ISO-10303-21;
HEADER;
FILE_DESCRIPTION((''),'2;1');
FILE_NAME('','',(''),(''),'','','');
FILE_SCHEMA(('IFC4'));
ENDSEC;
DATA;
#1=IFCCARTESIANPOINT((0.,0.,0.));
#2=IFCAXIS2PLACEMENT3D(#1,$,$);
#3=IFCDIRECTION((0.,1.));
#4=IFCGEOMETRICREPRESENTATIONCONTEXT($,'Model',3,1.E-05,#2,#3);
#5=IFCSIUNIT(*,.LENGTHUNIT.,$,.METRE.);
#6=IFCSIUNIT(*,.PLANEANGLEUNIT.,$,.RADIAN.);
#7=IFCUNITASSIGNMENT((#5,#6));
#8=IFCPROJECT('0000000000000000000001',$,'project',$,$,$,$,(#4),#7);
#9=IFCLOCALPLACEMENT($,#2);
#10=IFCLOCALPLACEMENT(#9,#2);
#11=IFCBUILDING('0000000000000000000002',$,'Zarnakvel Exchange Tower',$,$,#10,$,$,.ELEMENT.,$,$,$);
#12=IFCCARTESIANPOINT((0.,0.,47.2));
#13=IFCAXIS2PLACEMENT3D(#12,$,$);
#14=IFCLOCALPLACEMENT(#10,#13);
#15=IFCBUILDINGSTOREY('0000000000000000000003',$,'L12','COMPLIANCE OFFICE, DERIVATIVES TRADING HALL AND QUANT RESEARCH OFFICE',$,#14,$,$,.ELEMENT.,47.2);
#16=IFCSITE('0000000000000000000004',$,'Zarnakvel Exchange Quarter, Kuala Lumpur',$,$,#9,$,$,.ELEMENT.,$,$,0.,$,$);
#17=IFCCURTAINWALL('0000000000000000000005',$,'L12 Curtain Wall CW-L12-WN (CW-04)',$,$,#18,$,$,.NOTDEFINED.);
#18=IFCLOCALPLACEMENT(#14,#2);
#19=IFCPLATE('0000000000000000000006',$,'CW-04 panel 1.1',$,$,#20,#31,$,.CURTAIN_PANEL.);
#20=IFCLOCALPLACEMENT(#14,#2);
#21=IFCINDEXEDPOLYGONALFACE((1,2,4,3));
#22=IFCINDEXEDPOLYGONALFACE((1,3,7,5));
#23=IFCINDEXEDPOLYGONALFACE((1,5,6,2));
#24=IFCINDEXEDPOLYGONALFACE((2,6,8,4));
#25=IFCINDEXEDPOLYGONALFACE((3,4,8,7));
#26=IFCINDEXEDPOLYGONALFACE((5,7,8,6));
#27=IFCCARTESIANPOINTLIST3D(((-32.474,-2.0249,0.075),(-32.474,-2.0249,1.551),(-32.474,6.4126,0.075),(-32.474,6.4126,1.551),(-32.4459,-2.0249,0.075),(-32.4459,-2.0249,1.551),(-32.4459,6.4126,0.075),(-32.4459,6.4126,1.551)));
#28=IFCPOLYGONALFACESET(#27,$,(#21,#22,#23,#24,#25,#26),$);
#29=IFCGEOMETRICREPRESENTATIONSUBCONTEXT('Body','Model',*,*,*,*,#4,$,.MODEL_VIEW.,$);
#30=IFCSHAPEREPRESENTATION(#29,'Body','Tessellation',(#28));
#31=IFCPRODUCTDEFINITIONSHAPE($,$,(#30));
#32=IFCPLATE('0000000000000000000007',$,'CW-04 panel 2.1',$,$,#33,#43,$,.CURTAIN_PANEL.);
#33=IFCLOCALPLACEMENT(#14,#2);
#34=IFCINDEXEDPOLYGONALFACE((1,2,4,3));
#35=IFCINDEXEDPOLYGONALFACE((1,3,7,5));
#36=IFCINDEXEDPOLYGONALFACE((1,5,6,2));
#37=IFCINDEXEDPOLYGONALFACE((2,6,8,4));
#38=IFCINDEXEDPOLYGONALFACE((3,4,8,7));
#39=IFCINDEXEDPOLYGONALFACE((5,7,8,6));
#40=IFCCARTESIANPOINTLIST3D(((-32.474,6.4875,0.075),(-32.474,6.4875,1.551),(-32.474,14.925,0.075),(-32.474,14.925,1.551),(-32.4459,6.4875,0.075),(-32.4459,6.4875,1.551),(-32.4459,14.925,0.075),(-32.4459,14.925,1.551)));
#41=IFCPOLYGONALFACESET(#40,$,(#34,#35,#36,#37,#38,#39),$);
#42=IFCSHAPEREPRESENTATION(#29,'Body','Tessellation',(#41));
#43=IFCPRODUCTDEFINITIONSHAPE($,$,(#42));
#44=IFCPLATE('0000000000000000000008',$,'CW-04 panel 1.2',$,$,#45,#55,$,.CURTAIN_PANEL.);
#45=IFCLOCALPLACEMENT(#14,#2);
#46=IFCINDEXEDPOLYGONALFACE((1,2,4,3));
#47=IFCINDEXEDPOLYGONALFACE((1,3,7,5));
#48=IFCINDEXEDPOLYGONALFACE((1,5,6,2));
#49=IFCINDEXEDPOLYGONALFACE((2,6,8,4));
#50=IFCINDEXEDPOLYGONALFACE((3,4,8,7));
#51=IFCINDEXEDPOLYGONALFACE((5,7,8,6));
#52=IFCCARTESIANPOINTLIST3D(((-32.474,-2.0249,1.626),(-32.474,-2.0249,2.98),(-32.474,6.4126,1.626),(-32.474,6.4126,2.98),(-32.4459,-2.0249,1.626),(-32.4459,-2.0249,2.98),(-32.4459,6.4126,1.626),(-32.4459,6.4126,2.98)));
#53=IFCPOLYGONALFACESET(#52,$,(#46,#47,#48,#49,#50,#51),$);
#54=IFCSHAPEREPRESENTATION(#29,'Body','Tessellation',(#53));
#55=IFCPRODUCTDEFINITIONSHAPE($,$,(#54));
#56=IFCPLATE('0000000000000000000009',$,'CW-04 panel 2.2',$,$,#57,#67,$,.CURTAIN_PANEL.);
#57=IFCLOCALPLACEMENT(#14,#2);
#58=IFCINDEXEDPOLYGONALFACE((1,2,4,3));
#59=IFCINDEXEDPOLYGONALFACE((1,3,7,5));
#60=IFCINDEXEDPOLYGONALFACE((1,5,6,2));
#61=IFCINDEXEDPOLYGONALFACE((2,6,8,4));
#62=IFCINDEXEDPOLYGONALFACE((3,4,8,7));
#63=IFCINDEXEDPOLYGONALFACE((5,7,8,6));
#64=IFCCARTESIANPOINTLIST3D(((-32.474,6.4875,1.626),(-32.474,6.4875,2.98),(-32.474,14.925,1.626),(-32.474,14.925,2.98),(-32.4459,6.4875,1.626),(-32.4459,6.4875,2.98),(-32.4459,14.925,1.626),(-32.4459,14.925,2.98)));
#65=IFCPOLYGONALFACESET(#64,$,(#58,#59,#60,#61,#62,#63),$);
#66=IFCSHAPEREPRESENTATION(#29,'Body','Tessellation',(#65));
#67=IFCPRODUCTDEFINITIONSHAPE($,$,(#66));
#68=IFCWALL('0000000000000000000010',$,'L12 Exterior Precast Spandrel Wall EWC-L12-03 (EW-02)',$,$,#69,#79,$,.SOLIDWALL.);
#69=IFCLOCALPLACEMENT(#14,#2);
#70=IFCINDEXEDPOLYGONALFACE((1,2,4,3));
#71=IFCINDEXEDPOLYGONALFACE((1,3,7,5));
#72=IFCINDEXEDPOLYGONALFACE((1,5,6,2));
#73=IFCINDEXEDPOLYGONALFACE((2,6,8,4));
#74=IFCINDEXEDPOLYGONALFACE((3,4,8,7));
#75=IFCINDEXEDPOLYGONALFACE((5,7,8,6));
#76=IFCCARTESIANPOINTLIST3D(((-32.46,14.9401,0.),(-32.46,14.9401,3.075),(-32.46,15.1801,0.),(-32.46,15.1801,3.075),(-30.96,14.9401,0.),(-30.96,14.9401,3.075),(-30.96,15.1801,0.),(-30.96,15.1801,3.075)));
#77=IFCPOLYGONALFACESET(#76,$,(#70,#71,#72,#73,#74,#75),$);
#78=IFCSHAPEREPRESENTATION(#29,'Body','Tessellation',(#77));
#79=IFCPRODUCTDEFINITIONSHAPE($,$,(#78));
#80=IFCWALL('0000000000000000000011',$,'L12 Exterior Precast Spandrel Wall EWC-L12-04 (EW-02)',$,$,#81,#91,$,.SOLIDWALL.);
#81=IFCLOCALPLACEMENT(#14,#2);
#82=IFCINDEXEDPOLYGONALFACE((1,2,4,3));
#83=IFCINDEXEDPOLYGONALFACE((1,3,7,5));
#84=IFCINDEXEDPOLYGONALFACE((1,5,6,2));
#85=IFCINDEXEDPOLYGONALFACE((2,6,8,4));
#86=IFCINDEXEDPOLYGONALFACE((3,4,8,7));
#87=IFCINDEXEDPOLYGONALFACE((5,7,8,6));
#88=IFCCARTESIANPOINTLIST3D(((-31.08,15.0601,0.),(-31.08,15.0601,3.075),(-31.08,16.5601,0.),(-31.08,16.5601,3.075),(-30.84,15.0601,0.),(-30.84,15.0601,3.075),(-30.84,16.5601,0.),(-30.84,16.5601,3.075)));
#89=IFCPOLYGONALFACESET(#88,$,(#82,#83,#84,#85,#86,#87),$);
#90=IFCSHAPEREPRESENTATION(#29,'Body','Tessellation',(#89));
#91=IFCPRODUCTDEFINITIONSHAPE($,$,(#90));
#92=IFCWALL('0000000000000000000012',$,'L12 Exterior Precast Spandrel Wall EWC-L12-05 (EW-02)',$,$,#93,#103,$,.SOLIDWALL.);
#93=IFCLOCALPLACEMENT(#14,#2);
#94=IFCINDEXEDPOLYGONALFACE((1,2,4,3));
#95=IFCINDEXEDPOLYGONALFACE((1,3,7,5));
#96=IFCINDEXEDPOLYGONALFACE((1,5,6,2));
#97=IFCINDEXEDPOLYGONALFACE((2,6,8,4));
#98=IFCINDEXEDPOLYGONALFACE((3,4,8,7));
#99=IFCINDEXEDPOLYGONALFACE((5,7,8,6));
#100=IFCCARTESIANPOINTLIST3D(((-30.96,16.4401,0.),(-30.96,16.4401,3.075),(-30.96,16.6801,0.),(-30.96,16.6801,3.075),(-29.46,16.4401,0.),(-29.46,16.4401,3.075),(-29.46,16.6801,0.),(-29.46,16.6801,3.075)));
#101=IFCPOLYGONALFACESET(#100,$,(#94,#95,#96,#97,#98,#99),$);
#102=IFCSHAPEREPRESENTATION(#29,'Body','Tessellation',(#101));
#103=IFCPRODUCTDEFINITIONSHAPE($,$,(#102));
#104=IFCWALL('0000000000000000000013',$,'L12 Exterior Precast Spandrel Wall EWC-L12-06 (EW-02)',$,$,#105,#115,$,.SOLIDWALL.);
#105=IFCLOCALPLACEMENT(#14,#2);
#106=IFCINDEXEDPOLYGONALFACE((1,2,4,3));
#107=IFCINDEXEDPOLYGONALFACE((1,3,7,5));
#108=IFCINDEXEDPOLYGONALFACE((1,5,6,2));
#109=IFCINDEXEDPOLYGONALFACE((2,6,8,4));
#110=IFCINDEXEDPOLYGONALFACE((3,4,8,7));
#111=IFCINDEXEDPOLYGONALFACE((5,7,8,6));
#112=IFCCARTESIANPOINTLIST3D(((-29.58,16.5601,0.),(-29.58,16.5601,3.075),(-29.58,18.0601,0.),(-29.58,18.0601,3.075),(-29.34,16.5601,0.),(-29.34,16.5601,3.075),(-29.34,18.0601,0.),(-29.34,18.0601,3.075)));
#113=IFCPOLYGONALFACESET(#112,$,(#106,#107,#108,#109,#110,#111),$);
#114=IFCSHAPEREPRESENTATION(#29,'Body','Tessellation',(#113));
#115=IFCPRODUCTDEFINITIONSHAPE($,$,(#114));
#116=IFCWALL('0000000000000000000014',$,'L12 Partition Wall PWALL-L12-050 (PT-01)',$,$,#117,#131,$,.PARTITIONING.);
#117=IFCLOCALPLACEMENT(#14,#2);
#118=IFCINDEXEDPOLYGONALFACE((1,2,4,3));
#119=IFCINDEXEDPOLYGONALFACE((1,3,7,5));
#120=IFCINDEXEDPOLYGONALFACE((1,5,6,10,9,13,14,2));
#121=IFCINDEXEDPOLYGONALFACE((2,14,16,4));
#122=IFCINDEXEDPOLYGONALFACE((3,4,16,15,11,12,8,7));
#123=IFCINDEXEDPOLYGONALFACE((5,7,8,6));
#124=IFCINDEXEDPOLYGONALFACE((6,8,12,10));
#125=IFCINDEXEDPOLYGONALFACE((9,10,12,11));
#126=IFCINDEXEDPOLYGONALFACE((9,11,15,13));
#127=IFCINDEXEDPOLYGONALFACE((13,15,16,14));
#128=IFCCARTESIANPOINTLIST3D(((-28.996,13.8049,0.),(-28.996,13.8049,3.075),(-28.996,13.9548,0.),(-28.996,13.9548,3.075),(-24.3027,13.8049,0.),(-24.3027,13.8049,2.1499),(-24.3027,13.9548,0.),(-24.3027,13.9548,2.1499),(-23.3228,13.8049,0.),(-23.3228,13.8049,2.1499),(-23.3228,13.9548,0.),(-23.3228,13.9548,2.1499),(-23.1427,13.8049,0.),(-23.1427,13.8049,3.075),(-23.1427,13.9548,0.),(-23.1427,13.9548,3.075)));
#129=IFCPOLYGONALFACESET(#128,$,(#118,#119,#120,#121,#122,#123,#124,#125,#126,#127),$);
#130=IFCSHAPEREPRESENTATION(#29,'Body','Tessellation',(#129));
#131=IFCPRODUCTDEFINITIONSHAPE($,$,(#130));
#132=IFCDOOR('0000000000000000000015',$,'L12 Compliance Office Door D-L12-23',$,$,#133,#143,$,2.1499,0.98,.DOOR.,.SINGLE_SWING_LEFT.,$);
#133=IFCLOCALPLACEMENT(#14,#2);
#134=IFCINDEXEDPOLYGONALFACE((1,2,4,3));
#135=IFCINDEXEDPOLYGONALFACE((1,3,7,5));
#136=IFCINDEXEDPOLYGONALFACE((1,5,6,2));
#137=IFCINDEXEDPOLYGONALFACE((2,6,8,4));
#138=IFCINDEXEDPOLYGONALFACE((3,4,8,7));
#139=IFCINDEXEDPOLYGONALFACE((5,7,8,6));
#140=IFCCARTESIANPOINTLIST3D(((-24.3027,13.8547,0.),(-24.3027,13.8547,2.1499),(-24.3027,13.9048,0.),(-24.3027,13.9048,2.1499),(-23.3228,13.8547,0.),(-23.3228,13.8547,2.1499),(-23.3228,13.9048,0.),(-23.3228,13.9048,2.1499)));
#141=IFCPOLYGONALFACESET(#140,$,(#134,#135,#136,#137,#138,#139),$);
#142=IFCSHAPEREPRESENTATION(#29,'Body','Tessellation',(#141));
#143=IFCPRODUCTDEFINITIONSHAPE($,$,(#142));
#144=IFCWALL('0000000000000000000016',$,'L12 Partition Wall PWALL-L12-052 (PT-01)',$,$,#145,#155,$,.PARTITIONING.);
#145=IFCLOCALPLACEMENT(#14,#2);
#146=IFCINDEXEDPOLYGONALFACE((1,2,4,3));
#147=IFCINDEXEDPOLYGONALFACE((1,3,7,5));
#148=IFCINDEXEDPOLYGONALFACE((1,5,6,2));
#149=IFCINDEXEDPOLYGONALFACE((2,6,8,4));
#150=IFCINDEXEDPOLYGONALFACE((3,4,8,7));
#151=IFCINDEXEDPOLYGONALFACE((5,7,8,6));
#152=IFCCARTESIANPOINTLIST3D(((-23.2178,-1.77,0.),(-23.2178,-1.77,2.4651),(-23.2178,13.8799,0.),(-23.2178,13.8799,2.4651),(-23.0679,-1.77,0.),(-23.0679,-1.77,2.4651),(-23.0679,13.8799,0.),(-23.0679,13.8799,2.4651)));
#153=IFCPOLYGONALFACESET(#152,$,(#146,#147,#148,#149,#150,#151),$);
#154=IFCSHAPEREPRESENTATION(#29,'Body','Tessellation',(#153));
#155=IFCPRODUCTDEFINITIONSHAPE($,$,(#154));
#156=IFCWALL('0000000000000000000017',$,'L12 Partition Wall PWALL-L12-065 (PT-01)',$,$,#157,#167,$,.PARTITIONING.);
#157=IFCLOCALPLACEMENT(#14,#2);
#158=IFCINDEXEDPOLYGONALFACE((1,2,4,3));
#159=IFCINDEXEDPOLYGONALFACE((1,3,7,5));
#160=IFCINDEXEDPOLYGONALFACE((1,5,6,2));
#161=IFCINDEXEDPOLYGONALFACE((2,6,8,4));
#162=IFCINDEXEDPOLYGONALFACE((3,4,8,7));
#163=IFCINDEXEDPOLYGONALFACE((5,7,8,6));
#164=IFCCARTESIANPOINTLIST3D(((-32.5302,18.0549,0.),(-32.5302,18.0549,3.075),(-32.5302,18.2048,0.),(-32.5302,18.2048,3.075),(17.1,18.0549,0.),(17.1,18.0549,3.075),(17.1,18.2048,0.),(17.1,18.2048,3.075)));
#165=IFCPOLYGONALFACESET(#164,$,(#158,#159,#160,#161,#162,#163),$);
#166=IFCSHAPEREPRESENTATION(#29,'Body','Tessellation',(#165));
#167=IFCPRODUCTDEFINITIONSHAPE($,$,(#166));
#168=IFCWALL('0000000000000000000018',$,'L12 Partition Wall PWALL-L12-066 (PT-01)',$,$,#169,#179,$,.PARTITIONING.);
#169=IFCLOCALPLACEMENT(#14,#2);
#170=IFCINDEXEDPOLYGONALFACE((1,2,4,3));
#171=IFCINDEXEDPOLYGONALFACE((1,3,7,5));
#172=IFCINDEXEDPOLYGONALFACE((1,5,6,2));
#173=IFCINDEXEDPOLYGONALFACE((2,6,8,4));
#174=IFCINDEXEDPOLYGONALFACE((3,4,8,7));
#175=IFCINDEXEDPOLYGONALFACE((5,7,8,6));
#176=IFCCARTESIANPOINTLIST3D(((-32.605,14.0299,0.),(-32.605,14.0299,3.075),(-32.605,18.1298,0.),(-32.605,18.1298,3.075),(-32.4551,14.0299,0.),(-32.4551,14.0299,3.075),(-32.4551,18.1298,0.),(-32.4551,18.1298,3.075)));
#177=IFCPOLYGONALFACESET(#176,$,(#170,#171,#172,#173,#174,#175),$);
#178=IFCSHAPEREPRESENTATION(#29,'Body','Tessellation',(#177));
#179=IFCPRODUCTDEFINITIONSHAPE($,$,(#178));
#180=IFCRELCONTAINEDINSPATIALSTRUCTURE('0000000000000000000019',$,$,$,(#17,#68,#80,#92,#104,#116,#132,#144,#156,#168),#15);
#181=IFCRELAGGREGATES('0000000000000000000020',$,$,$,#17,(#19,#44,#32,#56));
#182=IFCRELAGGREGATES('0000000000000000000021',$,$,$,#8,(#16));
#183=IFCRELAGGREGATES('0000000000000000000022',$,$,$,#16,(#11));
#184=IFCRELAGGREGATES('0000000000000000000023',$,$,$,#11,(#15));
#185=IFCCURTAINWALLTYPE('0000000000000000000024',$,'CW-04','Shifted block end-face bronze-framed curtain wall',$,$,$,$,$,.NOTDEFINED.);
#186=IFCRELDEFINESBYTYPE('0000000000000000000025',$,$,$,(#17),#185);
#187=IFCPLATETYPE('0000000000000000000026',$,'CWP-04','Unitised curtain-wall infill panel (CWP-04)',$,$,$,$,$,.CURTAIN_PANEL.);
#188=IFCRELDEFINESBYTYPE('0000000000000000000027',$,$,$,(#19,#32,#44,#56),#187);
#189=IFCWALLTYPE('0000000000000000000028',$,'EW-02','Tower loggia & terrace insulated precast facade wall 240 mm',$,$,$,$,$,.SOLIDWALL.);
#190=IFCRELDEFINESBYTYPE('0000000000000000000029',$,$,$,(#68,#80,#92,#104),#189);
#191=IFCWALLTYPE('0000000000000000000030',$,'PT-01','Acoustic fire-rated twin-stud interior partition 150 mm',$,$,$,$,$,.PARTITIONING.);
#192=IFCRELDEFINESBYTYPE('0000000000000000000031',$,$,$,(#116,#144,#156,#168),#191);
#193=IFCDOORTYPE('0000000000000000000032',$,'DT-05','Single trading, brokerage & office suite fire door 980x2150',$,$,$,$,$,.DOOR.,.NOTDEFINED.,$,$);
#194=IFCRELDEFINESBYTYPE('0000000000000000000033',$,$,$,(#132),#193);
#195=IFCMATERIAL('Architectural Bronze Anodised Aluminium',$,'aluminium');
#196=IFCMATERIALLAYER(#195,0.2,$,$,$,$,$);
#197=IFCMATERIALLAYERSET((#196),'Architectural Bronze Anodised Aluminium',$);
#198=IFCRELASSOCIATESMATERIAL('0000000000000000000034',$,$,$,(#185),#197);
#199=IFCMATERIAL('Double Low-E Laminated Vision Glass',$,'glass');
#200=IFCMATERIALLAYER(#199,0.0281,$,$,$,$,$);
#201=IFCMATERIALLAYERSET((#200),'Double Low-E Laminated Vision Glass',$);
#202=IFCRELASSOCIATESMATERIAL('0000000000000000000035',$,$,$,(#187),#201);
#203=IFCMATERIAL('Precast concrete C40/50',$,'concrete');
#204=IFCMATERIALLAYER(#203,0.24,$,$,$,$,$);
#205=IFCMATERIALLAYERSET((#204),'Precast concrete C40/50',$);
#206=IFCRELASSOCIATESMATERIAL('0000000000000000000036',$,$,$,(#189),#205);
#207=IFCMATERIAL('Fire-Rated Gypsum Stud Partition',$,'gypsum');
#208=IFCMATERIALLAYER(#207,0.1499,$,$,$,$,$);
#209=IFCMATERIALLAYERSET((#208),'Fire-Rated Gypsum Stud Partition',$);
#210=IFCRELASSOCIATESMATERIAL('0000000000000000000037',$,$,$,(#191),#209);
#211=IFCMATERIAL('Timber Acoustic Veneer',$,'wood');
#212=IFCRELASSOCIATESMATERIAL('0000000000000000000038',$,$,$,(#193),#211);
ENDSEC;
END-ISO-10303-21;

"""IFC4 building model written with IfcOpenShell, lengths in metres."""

from ifc_helpers import new_model, si_unit, direction, frame, frame_2d, origin, origin_2d, place, context, subcontext, project, spatial, rectangle, extrude, source, transform, mapped, material, layer, layer_set, type_object, element, fill, aggregate, save


model = new_model("IFC4")

# Units and contexts
model_context = context("Model", 3, precision=1e-05, world=origin(), true_north=direction((0.0, 1.0)))
body_context = subcontext(model_context, "Body", "Model", "MODEL_VIEW")
ifc_project = project(units=[si_unit("LENGTHUNIT", "METRE"), si_unit("PLANEANGLEUNIT", "RADIAN")], contexts=[model_context])

# Site, building, storey
site_placement = place(None, origin())
site = spatial("IfcSite", under=ifc_project, at=site_placement, Name="Zarnakvel Exchange Quarter, Kuala Lumpur", CompositionType="ELEMENT", RefElevation=0.0)
building_placement = place(site_placement, origin())
building = spatial("IfcBuilding", under=site, at=building_placement, Name="Zarnakvel Exchange Tower", CompositionType="ELEMENT")
storey_placement = place(building_placement, frame((0.0, 0.0, 47.2)))
storey = spatial("IfcBuildingStorey", under=building, at=storey_placement, Name="L12", Description="COMPLIANCE OFFICE, DERIVATIVES TRADING HALL AND QUANT RESEARCH OFFICE", CompositionType="ELEMENT", Elevation=47.2)

# Curtain wall
ifc_material_1 = material(Name="Architectural Bronze Anodised Aluminium", Category="aluminium")
ifc_layer_1 = layer(ifc_material_1, 0.2)
ifc_layer_set_1 = layer_set([ifc_layer_1], Name="Architectural Bronze Anodised Aluminium")
curtain_wall_type_1 = type_object("IfcCurtainWallType", Name="CW-04", Description="Shifted block end-face bronze-framed curtain wall", PredefinedType="NOTDEFINED", material=ifc_layer_set_1)
curtain_wall_1_placement = place(storey_placement, origin())
curtain_wall_1 = element("IfcCurtainWall", 1, at=curtain_wall_1_placement, inside=storey, type_object=curtain_wall_type_1, Name="L12 Curtain Wall CW-L12-WN (CW-04)", PredefinedType="NOTDEFINED")

# Plates
ifc_material_2 = material(Name="Double Low-E Laminated Vision Glass", Category="glass")
ifc_layer_2 = layer(ifc_material_2, 0.0281)
ifc_layer_set_2 = layer_set([ifc_layer_2], Name="Double Low-E Laminated Vision Glass")
plate_type_1 = type_object("IfcPlateType", Name="CWP-04", Description="Unitised curtain-wall infill panel (CWP-04)", PredefinedType="CURTAIN_PANEL", material=ifc_layer_set_2)
shared_shape_1 = source(origin(), body_context, "Body", "SweptSolid", [
    extrude(rectangle(XDim=8.4375, YDim=0.0281, at=origin_2d()), origin(), (0.0, 0.0, 1.0), 1.4761),
])
plate_1_placement = place(storey_placement, frame((-32.46, 2.1938, 0.075), z_axis=(0.0, 0.0, 1.0), x_axis=(0.0, 1.0, 0.0)))
plate_1 = element("IfcPlate", 2, at=plate_1_placement, type_object=plate_type_1, Name="CW-04 panel 1.1", PredefinedType="CURTAIN_PANEL", context=body_context, shape_type="MappedRepresentation", body=[
    mapped(shared_shape_1, transform((0.0, 0.0, 0.0), x_axis=(1.0, 0.0, 0.0), y_axis=(0.0, 1.0, 0.0), z_axis=(0.0, 0.0, 1.0), scale=1.0)),
])
plate_2_placement = place(storey_placement, frame((-32.46, 10.7063, 0.075), z_axis=(0.0, 0.0, 1.0), x_axis=(0.0, 1.0, 0.0)))
plate_2 = element("IfcPlate", 3, at=plate_2_placement, type_object=plate_type_1, Name="CW-04 panel 2.1", PredefinedType="CURTAIN_PANEL", context=body_context, shape_type="MappedRepresentation", body=[
    mapped(shared_shape_1, transform((0.0, 0.0, 0.0), x_axis=(1.0, 0.0, 0.0), y_axis=(0.0, 1.0, 0.0), z_axis=(0.0, 0.0, 1.0), scale=1.0)),
])
shared_shape_2 = source(origin(), body_context, "Body", "SweptSolid", [
    extrude(rectangle(XDim=8.4375, YDim=0.0281, at=origin_2d()), origin(), (0.0, 0.0, 1.0), 1.354),
])
plate_3_placement = place(storey_placement, frame((-32.46, 2.1938, 1.626), z_axis=(0.0, 0.0, 1.0), x_axis=(0.0, 1.0, 0.0)))
plate_3 = element("IfcPlate", 4, at=plate_3_placement, type_object=plate_type_1, Name="CW-04 panel 1.2", PredefinedType="CURTAIN_PANEL", context=body_context, shape_type="MappedRepresentation", body=[
    mapped(shared_shape_2, transform((0.0, 0.0, 0.0), x_axis=(1.0, 0.0, 0.0), y_axis=(0.0, 1.0, 0.0), z_axis=(0.0, 0.0, 1.0), scale=1.0)),
])
plate_4_placement = place(storey_placement, frame((-32.46, 10.7063, 1.626), z_axis=(0.0, 0.0, 1.0), x_axis=(0.0, 1.0, 0.0)))
plate_4 = element("IfcPlate", 5, at=plate_4_placement, type_object=plate_type_1, Name="CW-04 panel 2.2", PredefinedType="CURTAIN_PANEL", context=body_context, shape_type="MappedRepresentation", body=[
    mapped(shared_shape_2, transform((0.0, 0.0, 0.0), x_axis=(1.0, 0.0, 0.0), y_axis=(0.0, 1.0, 0.0), z_axis=(0.0, 0.0, 1.0), scale=1.0)),
])
aggregate(curtain_wall_1, [plate_1, plate_3, plate_2, plate_4])

# Walls
ifc_material_3 = material(Name="Precast concrete C40/50", Category="concrete")
ifc_layer_3 = layer(ifc_material_3, 0.24)
ifc_layer_set_3 = layer_set([ifc_layer_3], Name="Precast concrete C40/50")
wall_type_1 = type_object("IfcWallType", Name="EW-02", Description="Tower loggia & terrace insulated precast facade wall 240 mm", PredefinedType="SOLIDWALL", material=ifc_layer_set_3)
for number, where, z_axis, x_axis, name in (
    (6, (-30.96, 15.0601, 0.0), (0.0, 0.0, 1.0), (-1.0, 0.0, 0.0), "L12 Exterior Precast Spandrel Wall EWC-L12-03 (EW-02)"),
    (7, (-30.96, 16.5601, 0.0), (0.0, 0.0, 1.0), (0.0, -1.0, 0.0), "L12 Exterior Precast Spandrel Wall EWC-L12-04 (EW-02)"),
    (8, (-29.46, 16.5601, 0.0), (0.0, 0.0, 1.0), (-1.0, 0.0, 0.0), "L12 Exterior Precast Spandrel Wall EWC-L12-05 (EW-02)"),
    (9, (-29.46, 18.0601, 0.0), (0.0, 0.0, 1.0), (0.0, -1.0, 0.0), "L12 Exterior Precast Spandrel Wall EWC-L12-06 (EW-02)"),
):
    element("IfcWall", number, at=place(storey_placement, frame(where, z_axis=z_axis, x_axis=x_axis)), inside=storey, type_object=wall_type_1, Name=name, PredefinedType="SOLIDWALL", context=body_context, shape_type="SweptSolid", body=[
        extrude(rectangle(XDim=1.5, YDim=0.24, at=frame_2d((0.75, 0.0))), origin(), (0.0, 0.0, 1.0), 3.075),
    ])

# Wall, opening, door
ifc_material_4 = material(Name="Fire-Rated Gypsum Stud Partition", Category="gypsum")
ifc_layer_4 = layer(ifc_material_4, 0.1499)
ifc_layer_set_4 = layer_set([ifc_layer_4], Name="Fire-Rated Gypsum Stud Partition")
wall_type_2 = type_object("IfcWallType", Name="PT-01", Description="Acoustic fire-rated twin-stud interior partition 150 mm", PredefinedType="PARTITIONING", material=ifc_layer_set_4)
wall_1_placement = place(storey_placement, frame((-28.9961, 13.8799, 0.0), z_axis=(0.0, 0.0, 1.0), x_axis=(1.0, 0.0, 0.0)))
wall_1 = element("IfcWall", 10, at=wall_1_placement, inside=storey, type_object=wall_type_2, Name="L12 Partition Wall PWALL-L12-050 (PT-01)", PredefinedType="PARTITIONING", context=body_context, shape_type="SweptSolid", body=[
    extrude(rectangle(XDim=5.8533, YDim=0.1499, at=frame_2d((2.9268, 0.0))), origin(), (0.0, 0.0, 1.0), 3.075),
])
opening_placement = place(wall_1_placement, frame((4.6934, 0.0, 0.0)))
opening = element("IfcOpeningElement", 11, at=opening_placement, cuts=wall_1, PredefinedType="OPENING", context=body_context, shape_type="SweptSolid", body=[
    extrude(rectangle(XDim=0.98, YDim=2.1499, at=frame_2d((0.49, 1.075))), frame((0.0, 0.085, 0.0), z_axis=(0.0, -1.0, 0.0), x_axis=(1.0, 0.0, 0.0)), (0.0, 0.0, 1.0), 0.1699),
])
ifc_material_5 = material(Name="Timber Acoustic Veneer", Category="wood")
door_type = type_object("IfcDoorType", Name="DT-05", Description="Single trading, brokerage & office suite fire door 980x2150", OperationType="NOTDEFINED", PredefinedType="DOOR", material=ifc_material_5)
shared_shape_3 = source(origin(), body_context, "Body", "SweptSolid", [
    extrude(rectangle(XDim=0.98, YDim=2.1499, at=frame_2d((0.49, 1.075))), frame((0.0, 0.0249, 0.0), z_axis=(0.0, -1.0, 0.0), x_axis=(1.0, 0.0, 0.0)), (0.0, 0.0, 1.0), 0.05),
])
door_placement = place(opening_placement, origin())
door = element("IfcDoor", 12, at=door_placement, inside=storey, type_object=door_type, Name="L12 Compliance Office Door D-L12-23", OperationType="SINGLE_SWING_LEFT", OverallHeight=2.1499, OverallWidth=0.98, PredefinedType="DOOR", context=body_context, shape_type="MappedRepresentation", body=[
    mapped(shared_shape_3, transform((0.0, 0.0, 0.0), x_axis=(1.0, 0.0, 0.0), y_axis=(0.0, 1.0, 0.0), z_axis=(0.0, 0.0, 1.0), scale=1.0)),
])
fill(opening, door)

# Walls
wall_2_placement = place(storey_placement, frame((-23.1428, 13.8799, 0.0), z_axis=(0.0, 0.0, 1.0), x_axis=(0.0, -1.0, 0.0)))
element("IfcWall", 13, at=wall_2_placement, inside=storey, type_object=wall_type_2, Name="L12 Partition Wall PWALL-L12-052 (PT-01)", PredefinedType="PARTITIONING", context=body_context, shape_type="SweptSolid", body=[
    extrude(rectangle(XDim=15.6499, YDim=0.1499, at=frame_2d((7.825, 0.0))), origin(), (0.0, 0.0, 1.0), 2.4651),
])
wall_3_placement = place(storey_placement, frame((-32.53, 18.1299, 0.0), z_axis=(0.0, 0.0, 1.0), x_axis=(1.0, 0.0, 0.0)))
element("IfcWall", 14, at=wall_3_placement, inside=storey, type_object=wall_type_2, Name="L12 Partition Wall PWALL-L12-065 (PT-01)", PredefinedType="PARTITIONING", context=body_context, shape_type="SweptSolid", body=[
    extrude(rectangle(XDim=49.6301, YDim=0.1499, at=frame_2d((24.8149, 0.0))), origin(), (0.0, 0.0, 1.0), 3.075),
])
wall_4_placement = place(storey_placement, frame((-32.53, 14.03, 0.0), z_axis=(0.0, 0.0, 1.0), x_axis=(0.0, 1.0, 0.0)))
element("IfcWall", 15, at=wall_4_placement, inside=storey, type_object=wall_type_2, Name="L12 Partition Wall PWALL-L12-066 (PT-01)", PredefinedType="PARTITIONING", context=body_context, shape_type="SweptSolid", body=[
    extrude(rectangle(XDim=4.0999, YDim=0.1499, at=frame_2d((2.0498, 0.0))), origin(), (0.0, 0.0, 1.0), 3.075),
])

save(model, "model.ifc")
